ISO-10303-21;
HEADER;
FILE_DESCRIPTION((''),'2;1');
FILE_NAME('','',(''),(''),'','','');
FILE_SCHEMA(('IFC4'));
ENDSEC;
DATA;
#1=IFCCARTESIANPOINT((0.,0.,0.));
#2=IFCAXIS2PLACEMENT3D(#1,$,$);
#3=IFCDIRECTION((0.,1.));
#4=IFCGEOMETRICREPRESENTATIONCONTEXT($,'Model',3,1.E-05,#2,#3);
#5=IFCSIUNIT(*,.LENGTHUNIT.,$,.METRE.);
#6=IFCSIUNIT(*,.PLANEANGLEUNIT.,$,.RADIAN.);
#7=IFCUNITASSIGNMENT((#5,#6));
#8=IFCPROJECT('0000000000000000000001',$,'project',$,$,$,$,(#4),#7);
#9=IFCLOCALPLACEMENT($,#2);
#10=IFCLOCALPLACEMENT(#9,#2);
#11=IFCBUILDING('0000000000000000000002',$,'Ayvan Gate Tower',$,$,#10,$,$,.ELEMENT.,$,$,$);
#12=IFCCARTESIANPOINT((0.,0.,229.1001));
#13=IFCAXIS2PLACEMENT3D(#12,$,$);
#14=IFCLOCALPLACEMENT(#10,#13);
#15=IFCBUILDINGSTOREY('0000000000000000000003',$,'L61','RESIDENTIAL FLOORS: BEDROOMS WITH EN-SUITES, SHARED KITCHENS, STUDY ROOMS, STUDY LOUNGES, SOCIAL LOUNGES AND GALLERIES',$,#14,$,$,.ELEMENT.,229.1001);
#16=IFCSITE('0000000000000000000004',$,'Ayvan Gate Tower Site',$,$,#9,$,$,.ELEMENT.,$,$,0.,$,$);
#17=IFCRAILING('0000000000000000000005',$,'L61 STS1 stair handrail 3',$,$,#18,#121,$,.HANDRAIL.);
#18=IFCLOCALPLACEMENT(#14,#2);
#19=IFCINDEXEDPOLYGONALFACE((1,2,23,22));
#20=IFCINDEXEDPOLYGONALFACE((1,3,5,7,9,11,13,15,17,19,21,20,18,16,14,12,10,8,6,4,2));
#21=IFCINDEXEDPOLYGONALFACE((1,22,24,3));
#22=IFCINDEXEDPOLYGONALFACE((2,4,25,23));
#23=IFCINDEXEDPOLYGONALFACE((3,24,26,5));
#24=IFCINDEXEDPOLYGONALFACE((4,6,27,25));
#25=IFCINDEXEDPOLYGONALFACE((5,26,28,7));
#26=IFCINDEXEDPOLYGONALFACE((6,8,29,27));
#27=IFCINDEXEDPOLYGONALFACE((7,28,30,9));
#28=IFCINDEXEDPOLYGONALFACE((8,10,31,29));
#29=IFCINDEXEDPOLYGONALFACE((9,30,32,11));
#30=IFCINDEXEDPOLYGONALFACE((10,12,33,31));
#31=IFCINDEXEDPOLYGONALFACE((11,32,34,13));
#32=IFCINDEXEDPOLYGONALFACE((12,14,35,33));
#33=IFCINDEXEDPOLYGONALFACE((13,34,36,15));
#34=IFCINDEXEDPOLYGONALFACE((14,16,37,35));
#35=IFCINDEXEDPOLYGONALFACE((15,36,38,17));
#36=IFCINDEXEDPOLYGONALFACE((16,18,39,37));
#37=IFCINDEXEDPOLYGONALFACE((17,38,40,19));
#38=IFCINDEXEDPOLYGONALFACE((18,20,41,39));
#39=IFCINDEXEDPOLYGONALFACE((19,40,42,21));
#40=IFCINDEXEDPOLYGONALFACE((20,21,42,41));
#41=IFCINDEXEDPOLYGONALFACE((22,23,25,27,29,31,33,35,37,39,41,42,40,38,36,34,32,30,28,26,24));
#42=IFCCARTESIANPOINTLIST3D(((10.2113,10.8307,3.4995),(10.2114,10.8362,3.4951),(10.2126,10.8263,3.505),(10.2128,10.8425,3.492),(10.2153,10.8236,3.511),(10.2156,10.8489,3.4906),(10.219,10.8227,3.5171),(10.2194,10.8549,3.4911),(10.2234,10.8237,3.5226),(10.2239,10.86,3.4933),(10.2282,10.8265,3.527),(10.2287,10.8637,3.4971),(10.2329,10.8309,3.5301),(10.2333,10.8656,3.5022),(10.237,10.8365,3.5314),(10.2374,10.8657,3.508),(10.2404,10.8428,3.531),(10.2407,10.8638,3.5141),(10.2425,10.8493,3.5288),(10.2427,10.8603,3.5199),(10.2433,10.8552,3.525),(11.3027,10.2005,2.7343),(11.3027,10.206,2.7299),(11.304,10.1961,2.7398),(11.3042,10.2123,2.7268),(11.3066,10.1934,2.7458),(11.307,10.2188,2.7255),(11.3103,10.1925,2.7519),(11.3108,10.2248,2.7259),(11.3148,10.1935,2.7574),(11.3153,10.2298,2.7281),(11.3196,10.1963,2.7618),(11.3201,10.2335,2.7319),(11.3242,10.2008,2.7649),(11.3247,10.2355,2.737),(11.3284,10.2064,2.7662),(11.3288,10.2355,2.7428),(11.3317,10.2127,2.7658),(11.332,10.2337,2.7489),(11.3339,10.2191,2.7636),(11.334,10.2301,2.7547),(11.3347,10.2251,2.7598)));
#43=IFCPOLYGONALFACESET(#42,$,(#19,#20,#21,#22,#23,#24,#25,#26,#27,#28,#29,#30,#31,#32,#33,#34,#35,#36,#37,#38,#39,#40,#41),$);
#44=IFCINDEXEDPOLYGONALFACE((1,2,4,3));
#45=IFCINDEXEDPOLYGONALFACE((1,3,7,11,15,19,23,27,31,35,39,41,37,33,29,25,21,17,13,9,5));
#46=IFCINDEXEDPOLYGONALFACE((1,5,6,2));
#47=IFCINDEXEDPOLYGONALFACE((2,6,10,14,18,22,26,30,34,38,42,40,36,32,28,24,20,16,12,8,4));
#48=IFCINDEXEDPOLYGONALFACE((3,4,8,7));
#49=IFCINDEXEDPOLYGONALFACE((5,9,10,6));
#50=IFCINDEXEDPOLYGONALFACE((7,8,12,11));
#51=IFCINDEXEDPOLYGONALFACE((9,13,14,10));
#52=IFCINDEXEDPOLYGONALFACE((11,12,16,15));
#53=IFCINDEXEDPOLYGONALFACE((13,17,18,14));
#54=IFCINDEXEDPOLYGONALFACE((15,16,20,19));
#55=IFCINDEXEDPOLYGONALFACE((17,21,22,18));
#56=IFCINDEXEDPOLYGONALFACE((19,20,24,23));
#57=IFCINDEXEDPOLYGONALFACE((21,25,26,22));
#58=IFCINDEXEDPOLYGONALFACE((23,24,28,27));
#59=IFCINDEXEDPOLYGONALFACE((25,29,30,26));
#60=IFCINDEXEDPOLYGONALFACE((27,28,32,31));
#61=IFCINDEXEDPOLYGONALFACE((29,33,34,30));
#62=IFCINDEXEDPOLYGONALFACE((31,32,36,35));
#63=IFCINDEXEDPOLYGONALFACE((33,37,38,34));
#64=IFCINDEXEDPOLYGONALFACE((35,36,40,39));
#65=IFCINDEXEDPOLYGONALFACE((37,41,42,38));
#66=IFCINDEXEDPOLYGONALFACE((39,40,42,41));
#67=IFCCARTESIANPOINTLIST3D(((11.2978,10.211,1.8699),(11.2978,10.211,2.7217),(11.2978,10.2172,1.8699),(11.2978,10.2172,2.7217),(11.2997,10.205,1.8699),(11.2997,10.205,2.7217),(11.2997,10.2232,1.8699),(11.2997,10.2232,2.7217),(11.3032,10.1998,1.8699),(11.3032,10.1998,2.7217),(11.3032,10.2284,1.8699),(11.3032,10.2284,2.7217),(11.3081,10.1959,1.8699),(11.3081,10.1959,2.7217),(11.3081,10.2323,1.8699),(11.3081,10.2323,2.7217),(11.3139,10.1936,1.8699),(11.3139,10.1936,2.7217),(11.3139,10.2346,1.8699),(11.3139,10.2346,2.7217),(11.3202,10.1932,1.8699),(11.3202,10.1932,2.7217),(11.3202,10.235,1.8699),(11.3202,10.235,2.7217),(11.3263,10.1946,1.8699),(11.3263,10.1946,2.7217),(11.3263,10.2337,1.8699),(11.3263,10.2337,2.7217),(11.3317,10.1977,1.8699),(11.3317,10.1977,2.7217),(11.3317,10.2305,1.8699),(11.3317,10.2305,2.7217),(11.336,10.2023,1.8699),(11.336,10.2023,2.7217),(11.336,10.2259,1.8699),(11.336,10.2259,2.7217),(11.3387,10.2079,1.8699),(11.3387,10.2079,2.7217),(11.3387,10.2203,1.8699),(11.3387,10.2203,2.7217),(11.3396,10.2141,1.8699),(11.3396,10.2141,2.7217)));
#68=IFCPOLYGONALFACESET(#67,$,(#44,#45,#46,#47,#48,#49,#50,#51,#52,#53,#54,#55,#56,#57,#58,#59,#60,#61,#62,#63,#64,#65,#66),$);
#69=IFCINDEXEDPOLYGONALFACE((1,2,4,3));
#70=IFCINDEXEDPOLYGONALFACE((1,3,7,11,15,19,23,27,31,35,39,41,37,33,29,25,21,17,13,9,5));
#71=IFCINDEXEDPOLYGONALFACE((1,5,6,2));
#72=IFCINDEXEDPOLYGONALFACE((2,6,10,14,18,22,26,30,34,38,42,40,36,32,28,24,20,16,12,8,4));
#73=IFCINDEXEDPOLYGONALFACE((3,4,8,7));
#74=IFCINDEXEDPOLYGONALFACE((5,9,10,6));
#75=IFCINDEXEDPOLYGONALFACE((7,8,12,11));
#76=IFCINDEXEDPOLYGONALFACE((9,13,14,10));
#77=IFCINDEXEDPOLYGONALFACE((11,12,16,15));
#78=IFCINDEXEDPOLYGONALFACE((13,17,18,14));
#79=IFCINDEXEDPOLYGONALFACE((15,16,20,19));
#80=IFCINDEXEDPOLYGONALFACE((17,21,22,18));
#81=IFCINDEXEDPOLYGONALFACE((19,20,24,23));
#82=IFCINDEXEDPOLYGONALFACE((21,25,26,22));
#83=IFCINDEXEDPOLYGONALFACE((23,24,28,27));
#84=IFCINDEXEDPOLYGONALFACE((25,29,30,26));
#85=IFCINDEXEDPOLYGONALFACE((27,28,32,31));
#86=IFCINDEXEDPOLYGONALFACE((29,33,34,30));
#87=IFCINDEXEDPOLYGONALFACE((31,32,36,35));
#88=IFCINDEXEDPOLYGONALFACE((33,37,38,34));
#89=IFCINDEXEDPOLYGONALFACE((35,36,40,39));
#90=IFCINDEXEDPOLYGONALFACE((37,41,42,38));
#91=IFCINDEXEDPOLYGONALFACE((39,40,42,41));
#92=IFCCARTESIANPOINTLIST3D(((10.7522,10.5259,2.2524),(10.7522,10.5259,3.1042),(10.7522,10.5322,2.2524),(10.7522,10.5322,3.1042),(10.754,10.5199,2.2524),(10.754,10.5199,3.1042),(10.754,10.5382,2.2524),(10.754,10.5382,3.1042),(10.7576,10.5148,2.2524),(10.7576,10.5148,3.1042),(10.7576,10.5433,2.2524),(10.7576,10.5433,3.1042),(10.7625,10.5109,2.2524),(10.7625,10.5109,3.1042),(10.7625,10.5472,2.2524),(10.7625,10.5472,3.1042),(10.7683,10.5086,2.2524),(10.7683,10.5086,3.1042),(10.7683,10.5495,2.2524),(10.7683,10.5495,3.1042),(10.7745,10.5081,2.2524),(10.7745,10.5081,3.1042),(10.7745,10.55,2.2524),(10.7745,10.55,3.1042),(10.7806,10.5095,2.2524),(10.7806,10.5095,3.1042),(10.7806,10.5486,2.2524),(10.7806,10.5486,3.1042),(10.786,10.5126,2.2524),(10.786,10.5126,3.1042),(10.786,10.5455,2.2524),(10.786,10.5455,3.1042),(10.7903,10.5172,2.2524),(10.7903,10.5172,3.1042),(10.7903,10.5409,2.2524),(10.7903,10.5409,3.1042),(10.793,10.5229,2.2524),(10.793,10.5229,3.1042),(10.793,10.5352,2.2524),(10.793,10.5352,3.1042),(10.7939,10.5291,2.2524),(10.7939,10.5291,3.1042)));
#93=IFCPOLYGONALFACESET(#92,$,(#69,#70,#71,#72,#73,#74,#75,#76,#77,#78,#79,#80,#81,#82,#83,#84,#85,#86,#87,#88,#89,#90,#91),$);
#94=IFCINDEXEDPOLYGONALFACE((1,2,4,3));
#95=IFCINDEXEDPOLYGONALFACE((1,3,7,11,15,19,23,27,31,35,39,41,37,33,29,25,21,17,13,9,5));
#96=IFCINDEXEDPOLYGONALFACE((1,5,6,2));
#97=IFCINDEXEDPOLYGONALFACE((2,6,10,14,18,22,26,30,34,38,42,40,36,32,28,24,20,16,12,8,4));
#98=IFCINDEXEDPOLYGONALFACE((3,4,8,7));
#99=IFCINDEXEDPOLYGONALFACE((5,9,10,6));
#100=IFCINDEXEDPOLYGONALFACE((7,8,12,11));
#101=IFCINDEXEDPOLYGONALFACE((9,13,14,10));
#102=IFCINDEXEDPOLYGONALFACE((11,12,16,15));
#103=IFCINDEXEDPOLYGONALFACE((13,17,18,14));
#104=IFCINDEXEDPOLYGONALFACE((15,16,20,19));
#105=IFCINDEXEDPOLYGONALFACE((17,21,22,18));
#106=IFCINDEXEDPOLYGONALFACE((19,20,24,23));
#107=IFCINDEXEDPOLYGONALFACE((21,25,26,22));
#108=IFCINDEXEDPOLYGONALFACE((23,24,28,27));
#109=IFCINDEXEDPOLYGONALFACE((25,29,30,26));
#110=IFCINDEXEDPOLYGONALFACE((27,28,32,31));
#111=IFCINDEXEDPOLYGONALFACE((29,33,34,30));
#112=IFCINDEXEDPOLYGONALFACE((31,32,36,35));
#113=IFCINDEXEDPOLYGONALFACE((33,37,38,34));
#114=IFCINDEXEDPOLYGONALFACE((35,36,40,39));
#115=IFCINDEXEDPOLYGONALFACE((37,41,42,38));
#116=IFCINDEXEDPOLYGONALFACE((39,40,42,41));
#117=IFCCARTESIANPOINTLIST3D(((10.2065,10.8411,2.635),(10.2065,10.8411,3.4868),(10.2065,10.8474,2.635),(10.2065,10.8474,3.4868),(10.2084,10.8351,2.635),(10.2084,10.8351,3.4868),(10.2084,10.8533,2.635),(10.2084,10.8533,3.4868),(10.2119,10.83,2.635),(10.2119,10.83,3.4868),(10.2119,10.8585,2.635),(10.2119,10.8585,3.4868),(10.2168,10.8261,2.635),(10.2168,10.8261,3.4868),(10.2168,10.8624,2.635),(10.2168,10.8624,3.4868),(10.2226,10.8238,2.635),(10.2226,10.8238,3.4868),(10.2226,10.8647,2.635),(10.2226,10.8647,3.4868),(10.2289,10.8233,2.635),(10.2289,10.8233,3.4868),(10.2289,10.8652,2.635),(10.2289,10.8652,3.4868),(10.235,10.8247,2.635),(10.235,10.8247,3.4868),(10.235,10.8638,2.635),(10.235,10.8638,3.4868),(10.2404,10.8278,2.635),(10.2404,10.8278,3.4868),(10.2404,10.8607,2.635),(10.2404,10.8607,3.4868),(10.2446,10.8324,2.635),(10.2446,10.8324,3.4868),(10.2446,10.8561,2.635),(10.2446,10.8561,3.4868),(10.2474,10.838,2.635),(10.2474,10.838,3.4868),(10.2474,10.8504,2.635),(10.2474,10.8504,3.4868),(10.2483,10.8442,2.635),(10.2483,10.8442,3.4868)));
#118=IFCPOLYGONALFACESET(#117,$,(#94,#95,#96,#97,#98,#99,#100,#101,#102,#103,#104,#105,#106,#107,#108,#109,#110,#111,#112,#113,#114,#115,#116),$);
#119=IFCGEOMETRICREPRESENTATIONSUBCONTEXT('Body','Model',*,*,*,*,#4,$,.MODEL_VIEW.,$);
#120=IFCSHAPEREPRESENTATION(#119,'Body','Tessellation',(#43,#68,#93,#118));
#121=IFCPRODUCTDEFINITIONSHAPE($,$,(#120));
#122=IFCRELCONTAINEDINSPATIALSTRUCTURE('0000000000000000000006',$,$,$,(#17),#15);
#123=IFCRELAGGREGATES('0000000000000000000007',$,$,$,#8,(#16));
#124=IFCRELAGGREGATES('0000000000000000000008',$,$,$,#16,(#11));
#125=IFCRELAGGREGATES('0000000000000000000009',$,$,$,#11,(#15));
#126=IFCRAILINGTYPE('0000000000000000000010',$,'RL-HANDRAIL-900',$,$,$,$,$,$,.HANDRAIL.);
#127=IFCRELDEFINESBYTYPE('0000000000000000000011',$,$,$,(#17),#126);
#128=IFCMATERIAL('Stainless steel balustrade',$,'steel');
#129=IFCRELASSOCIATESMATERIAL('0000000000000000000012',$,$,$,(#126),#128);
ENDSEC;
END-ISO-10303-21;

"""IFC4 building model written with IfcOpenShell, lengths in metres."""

from ifc_helpers import new_model, si_unit, direction, frame, origin, origin_2d, place, context, subcontext, project, spatial, circle, extrude, material, type_object, element, save


model = new_model("IFC4")

# Units and contexts
model_context = context("Model", 3, precision=1e-05, world=origin(), true_north=direction((0.0, 1.0)))
body_context = subcontext(model_context, "Body", "Model", "MODEL_VIEW")
ifc_project = project(units=[si_unit("LENGTHUNIT", "METRE"), si_unit("PLANEANGLEUNIT", "RADIAN")], contexts=[model_context])

# Site, building, storey
site_placement = place(None, origin())
site = spatial("IfcSite", under=ifc_project, at=site_placement, Name="Ayvan Gate Tower Site", CompositionType="ELEMENT", RefElevation=0.0)
building_placement = place(site_placement, origin())
building = spatial("IfcBuilding", under=site, at=building_placement, Name="Ayvan Gate Tower", CompositionType="ELEMENT")
storey_placement = place(building_placement, frame((0.0, 0.0, 229.1001)))
storey = spatial("IfcBuildingStorey", under=building, at=storey_placement, Name="L61", Description="RESIDENTIAL FLOORS: BEDROOMS WITH EN-SUITES, SHARED KITCHENS, STUDY ROOMS, STUDY LOUNGES, SOCIAL LOUNGES AND GALLERIES", CompositionType="ELEMENT", Elevation=229.1001)

# Railing
ifc_material_1 = material(Name="Stainless steel balustrade", Category="steel")
railing_type_1 = type_object("IfcRailingType", Name="RL-HANDRAIL-900", PredefinedType="HANDRAIL", material=ifc_material_1)
railing_1_placement = place(storey_placement, frame((11.3186, 10.2141, 1.8699)))
element("IfcRailing", 1, at=railing_1_placement, inside=storey, type_object=railing_type_1, Name="L61 STS1 stair handrail 3", PredefinedType="HANDRAIL", context=body_context, shape_type="SweptSolid", body=[
    extrude(circle(Radius=0.0239, at=origin_2d()), frame((0.0, 0.0, 0.876), z_axis=(-0.740241, 0.427419, 0.518996), x_axis=(-0.500035, -0.866005, 0.0)), (0.0, 0.0, 1.0), 1.4744),
    extrude(circle(Radius=0.021, at=origin_2d()), origin(), (0.0, 0.0, 1.0), 0.8518),
    extrude(circle(Radius=0.021, at=origin_2d()), frame((-0.5457, 0.3149, 0.3826)), (0.0, 0.0, 1.0), 0.8518),
    extrude(circle(Radius=0.021, at=origin_2d()), frame((-1.0913, 0.6301, 0.7651)), (0.0, 0.0, 1.0), 0.8518),
])

save(model, "model.ifc")
